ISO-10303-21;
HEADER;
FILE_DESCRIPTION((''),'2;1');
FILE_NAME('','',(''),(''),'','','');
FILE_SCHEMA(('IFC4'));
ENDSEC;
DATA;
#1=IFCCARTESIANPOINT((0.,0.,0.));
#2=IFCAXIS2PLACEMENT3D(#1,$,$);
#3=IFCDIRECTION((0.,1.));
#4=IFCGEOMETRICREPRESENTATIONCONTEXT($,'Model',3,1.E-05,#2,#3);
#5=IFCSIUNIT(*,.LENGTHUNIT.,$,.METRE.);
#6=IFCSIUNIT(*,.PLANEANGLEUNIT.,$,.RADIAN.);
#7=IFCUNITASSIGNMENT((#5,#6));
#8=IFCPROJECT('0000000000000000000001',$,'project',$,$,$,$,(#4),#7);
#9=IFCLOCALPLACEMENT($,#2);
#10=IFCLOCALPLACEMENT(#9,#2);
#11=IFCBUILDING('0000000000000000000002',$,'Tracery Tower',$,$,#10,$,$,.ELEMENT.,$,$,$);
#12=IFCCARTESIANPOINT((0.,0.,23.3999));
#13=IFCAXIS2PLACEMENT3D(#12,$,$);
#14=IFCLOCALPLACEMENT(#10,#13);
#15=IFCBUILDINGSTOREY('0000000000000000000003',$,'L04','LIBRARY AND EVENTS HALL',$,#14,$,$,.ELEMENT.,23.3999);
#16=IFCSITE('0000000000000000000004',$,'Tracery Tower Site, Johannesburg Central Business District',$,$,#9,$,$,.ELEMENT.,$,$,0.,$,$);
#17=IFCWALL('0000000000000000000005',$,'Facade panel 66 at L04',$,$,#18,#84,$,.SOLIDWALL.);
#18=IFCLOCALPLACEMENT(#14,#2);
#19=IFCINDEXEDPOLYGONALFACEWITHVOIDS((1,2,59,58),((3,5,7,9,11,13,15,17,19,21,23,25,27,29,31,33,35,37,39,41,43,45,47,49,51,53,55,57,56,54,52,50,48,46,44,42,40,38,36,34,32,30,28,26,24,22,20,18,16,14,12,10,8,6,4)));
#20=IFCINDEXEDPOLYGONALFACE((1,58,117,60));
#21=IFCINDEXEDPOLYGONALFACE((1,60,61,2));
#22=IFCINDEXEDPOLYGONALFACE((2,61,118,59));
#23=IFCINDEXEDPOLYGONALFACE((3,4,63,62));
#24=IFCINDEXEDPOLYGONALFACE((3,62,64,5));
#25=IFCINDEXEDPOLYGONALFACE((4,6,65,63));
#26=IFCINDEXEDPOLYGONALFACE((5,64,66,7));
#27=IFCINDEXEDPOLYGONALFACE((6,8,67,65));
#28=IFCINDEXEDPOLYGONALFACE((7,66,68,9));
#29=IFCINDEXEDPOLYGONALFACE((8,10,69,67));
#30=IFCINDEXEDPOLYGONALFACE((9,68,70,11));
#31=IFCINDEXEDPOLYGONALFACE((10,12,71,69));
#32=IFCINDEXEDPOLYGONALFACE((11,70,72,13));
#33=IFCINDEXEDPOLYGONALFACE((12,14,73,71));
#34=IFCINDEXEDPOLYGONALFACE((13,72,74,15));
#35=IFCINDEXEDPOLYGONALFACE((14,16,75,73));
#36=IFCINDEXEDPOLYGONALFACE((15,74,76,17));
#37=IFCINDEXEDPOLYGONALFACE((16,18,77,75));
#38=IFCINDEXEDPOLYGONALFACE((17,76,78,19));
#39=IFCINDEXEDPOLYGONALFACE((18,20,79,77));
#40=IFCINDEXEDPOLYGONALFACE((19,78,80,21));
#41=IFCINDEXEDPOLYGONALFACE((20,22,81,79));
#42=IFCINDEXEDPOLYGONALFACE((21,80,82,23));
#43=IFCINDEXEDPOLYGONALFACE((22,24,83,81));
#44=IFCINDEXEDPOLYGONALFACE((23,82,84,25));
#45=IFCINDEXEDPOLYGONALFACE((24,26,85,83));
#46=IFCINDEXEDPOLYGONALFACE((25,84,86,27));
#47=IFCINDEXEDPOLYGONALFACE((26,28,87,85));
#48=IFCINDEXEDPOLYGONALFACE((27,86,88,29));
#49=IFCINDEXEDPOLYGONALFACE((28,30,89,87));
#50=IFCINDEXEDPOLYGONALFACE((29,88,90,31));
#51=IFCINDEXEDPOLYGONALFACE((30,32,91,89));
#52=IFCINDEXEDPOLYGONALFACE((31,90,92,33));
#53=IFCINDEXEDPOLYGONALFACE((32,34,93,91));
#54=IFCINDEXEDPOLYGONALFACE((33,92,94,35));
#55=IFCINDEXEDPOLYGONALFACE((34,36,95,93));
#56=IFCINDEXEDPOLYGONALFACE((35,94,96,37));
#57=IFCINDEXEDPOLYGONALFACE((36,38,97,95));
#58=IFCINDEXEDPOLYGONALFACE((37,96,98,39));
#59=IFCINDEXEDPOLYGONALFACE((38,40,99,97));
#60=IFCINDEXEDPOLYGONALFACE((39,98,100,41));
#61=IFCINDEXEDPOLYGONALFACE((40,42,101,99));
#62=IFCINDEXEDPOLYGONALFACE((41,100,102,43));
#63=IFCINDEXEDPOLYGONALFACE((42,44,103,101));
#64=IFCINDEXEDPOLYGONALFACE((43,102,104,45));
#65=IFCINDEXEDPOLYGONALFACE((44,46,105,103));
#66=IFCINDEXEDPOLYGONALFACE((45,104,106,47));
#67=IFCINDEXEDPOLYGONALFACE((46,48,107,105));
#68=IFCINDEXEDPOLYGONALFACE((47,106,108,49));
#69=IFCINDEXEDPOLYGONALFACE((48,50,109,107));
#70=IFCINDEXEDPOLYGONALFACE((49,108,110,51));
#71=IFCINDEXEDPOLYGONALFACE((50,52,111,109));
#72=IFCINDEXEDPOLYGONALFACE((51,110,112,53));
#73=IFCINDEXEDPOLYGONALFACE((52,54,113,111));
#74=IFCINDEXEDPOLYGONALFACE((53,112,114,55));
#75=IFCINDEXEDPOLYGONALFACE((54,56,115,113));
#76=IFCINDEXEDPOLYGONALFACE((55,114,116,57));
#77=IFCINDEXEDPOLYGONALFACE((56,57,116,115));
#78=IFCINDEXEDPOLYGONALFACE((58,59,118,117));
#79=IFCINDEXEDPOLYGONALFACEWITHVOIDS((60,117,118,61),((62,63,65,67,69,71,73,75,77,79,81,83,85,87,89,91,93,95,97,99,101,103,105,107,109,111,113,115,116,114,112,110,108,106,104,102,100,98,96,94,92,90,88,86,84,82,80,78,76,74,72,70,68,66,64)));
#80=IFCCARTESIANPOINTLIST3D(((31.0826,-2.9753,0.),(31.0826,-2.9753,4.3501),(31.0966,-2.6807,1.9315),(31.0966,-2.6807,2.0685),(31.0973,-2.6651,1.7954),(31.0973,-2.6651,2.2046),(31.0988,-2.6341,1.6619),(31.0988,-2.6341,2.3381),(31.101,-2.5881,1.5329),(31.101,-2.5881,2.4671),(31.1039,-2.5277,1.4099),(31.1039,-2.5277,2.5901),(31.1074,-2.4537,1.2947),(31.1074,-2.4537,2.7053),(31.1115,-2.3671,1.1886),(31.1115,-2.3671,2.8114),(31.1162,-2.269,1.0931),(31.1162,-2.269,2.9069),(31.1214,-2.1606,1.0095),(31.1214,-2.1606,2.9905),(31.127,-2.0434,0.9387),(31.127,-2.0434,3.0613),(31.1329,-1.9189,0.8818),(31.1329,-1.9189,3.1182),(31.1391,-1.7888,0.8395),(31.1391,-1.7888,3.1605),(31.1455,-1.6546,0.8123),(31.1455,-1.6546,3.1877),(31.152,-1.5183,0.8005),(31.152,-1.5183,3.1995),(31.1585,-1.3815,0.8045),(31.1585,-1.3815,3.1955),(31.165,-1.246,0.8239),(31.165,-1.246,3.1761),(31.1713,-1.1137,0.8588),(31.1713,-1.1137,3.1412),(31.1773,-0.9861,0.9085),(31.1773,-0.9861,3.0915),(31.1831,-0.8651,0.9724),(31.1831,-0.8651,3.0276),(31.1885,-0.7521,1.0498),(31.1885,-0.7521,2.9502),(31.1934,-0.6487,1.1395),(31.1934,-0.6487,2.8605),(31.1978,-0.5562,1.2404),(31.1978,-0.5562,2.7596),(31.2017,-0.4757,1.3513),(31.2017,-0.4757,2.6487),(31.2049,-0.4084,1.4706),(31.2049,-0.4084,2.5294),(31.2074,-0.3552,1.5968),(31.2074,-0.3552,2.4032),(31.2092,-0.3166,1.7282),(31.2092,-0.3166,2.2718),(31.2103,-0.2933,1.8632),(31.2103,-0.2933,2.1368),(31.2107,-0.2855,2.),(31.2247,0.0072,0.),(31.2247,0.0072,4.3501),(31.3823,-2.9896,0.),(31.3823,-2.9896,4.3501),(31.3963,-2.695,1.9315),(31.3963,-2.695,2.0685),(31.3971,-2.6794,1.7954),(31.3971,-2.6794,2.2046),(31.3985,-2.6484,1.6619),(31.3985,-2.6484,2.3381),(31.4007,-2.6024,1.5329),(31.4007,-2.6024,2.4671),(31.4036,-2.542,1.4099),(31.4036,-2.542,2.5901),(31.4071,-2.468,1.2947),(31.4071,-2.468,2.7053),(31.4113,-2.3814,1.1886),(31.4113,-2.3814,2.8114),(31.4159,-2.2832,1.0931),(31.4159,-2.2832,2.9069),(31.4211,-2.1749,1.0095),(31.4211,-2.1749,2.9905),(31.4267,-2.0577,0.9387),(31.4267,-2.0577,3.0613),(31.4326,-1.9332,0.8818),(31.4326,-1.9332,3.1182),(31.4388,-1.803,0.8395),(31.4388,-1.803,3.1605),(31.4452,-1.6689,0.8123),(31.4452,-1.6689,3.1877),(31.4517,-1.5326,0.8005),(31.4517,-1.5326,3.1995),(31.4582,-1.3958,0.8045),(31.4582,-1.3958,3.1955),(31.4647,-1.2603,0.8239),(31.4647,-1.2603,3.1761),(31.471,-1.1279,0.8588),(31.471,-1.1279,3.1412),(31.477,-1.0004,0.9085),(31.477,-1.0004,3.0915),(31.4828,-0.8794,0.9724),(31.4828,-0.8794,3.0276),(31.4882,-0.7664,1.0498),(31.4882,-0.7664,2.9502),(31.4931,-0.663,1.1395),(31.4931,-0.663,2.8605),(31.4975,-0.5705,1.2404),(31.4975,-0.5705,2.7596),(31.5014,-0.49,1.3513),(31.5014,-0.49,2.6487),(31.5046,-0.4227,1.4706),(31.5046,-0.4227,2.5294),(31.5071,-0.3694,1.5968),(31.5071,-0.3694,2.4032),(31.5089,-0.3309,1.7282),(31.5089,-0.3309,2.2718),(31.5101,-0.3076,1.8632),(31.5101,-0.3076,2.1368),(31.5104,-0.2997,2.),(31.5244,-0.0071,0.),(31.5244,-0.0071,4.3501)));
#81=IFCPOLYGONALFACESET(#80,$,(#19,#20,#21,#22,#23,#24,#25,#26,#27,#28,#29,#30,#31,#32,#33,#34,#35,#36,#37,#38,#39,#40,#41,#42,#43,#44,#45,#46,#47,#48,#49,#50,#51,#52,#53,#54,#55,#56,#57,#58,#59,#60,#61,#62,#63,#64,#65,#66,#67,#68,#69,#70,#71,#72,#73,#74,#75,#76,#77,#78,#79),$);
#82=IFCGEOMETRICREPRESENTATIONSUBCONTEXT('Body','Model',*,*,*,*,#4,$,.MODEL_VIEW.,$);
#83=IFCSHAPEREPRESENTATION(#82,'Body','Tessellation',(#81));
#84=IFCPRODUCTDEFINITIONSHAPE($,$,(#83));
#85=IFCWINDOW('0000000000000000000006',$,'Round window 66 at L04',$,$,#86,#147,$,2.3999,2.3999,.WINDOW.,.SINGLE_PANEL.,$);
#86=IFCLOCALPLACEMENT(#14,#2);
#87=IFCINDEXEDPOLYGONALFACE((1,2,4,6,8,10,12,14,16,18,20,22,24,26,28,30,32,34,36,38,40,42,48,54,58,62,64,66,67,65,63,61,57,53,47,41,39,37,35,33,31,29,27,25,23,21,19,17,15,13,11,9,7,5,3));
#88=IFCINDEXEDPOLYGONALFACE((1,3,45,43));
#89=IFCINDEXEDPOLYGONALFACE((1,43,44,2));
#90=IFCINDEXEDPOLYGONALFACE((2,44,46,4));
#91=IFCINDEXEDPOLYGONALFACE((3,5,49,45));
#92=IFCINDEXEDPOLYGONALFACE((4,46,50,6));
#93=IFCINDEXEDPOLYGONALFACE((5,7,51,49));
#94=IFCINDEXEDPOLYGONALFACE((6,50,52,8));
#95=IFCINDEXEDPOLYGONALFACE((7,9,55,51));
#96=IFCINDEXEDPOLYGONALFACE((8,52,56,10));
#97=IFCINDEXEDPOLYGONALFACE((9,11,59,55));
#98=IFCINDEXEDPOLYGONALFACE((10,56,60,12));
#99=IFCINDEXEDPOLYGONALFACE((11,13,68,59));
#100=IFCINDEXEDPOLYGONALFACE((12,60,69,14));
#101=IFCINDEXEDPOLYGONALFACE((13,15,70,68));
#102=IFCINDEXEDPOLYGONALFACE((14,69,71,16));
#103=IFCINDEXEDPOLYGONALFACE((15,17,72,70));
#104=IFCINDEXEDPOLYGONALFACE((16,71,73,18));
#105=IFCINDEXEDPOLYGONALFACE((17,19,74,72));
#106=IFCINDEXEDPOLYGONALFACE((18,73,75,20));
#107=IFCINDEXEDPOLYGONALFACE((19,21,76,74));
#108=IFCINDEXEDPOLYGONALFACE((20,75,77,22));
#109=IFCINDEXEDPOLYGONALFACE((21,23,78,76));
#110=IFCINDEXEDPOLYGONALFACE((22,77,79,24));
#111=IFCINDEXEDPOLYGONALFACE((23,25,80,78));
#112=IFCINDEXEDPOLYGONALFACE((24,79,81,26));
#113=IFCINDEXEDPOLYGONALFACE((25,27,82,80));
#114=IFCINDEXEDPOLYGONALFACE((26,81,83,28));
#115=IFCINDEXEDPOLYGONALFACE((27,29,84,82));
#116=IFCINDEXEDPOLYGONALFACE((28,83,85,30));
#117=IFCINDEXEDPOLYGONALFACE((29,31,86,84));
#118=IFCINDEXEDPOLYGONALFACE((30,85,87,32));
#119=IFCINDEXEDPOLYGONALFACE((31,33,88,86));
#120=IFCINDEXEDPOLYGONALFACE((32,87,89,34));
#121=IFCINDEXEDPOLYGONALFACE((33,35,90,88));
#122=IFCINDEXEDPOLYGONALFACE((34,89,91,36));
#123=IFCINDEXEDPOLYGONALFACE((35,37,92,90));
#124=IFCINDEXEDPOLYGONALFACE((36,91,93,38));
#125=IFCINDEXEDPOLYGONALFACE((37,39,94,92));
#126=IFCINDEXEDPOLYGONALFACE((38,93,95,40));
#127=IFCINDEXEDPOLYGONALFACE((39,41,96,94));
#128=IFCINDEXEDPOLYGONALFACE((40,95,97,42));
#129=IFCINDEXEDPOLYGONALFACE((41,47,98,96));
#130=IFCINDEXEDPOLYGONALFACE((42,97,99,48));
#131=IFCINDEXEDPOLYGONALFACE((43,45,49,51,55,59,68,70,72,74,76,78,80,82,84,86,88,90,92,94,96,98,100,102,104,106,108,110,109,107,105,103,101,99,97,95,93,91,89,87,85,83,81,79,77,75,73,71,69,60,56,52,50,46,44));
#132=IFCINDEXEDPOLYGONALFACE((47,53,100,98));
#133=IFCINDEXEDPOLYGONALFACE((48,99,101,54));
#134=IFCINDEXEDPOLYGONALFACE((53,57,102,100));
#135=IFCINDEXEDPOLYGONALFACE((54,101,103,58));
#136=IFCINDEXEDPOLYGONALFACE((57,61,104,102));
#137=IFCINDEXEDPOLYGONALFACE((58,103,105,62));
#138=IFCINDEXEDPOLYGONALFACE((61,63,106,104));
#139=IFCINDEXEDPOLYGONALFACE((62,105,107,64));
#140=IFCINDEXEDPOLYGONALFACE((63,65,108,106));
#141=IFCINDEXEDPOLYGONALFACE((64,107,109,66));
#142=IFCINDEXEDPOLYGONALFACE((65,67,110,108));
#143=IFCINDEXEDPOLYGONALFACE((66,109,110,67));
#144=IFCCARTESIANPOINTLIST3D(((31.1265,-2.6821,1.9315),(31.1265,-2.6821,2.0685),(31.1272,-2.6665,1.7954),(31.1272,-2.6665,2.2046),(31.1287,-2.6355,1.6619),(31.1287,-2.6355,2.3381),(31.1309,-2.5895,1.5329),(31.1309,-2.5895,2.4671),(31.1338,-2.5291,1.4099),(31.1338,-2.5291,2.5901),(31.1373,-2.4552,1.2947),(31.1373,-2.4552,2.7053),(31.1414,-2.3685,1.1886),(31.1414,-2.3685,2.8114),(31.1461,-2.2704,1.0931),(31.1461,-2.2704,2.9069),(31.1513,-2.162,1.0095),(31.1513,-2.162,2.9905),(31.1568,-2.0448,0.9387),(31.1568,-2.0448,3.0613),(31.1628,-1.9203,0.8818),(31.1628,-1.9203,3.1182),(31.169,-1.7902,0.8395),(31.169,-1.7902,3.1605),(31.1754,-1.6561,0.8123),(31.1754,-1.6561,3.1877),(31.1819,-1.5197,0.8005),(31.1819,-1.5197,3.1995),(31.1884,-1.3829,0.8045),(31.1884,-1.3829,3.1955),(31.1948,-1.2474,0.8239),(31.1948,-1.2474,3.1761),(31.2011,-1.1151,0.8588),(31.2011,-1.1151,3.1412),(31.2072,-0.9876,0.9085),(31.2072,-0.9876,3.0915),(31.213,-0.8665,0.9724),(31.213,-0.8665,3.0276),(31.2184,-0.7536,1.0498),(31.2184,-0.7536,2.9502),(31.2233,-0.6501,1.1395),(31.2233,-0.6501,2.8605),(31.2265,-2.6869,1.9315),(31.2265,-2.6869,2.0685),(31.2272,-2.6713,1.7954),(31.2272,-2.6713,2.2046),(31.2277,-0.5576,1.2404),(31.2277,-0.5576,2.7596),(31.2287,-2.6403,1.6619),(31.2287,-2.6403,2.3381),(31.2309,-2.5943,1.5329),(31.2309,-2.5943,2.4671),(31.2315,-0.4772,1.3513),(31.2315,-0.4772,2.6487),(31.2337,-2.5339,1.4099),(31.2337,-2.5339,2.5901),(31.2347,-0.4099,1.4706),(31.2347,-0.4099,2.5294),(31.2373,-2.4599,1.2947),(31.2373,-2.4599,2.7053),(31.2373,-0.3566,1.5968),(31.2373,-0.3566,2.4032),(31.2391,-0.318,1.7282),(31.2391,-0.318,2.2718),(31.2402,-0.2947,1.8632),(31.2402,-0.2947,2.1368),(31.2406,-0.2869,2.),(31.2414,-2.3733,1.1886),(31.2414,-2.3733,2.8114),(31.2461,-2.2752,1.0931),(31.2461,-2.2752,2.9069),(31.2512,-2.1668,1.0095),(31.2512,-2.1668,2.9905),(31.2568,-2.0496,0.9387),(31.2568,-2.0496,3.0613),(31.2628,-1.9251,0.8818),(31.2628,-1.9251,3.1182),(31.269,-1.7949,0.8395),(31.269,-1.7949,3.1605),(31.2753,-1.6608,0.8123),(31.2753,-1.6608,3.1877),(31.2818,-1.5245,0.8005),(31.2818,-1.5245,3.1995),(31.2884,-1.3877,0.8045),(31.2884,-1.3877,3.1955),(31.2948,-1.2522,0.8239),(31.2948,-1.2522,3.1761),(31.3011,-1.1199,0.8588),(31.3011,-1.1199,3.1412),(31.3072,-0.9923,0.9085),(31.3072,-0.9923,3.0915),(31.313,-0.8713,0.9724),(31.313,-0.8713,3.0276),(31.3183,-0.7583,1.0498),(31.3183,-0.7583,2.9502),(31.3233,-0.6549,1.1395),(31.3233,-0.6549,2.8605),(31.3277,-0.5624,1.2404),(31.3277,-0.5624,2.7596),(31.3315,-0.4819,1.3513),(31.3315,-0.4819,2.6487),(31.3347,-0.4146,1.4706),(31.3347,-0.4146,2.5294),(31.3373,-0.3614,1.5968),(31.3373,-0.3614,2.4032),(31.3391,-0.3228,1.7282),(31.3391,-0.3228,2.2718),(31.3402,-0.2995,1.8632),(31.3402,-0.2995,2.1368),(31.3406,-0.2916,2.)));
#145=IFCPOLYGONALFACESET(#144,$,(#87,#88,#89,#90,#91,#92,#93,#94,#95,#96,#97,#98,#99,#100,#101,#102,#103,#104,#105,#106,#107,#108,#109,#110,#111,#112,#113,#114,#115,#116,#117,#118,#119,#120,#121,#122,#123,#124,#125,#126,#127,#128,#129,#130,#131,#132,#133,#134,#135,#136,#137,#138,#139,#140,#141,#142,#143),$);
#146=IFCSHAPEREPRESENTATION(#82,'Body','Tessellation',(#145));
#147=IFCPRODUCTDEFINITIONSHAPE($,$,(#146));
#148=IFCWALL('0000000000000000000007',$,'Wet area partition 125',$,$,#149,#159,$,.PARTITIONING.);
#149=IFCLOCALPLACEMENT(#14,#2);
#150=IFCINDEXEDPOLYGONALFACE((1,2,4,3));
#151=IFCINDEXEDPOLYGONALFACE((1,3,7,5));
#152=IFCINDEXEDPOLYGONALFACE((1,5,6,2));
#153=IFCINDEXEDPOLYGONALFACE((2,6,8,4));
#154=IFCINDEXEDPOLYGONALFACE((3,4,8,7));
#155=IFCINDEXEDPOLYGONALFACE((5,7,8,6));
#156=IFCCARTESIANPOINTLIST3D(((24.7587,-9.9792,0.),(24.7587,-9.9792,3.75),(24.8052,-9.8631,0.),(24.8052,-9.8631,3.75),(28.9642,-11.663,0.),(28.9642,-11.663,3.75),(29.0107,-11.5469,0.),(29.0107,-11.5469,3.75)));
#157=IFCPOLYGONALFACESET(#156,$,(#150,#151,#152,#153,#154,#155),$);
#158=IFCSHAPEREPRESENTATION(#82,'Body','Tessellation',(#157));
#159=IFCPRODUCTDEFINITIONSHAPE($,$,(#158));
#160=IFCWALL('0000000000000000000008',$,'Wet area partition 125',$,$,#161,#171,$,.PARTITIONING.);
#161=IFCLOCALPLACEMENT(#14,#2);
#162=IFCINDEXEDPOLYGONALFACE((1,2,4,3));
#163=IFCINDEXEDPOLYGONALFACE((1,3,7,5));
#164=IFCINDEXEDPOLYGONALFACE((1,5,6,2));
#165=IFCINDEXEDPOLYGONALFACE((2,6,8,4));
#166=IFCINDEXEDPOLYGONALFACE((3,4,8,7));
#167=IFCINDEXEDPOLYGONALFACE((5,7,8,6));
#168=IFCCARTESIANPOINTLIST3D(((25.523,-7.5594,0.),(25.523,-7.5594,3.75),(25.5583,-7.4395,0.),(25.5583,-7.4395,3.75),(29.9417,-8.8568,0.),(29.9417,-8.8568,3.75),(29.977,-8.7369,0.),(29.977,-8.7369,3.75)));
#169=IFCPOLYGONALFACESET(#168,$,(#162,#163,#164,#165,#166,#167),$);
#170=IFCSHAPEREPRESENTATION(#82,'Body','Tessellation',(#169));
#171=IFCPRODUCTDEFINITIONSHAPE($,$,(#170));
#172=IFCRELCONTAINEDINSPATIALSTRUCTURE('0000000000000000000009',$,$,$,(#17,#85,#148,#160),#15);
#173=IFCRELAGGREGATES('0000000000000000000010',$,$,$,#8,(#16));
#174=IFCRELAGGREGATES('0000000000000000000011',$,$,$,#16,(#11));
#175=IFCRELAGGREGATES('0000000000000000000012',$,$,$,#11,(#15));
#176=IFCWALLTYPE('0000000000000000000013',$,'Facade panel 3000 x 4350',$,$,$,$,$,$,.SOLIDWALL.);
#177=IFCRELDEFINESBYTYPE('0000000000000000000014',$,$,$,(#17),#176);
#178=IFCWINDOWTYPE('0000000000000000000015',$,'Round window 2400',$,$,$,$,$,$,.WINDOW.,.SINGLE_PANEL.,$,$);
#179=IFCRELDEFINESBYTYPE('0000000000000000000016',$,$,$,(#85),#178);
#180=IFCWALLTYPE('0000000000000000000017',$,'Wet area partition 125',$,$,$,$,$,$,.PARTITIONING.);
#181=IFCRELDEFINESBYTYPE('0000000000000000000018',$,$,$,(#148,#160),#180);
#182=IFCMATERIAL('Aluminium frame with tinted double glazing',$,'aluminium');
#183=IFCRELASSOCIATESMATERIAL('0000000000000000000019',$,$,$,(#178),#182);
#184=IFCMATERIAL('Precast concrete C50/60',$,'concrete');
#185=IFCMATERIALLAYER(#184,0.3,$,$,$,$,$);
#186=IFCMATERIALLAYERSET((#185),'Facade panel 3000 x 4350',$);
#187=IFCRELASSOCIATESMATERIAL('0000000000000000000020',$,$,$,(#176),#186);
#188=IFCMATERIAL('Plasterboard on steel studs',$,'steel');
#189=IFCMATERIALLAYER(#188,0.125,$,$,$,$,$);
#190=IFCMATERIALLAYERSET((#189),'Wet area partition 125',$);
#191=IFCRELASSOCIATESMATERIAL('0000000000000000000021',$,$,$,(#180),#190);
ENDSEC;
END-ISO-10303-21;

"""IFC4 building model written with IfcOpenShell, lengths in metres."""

from ifc_helpers import new_model, si_unit, direction, frame, frame_2d, origin, origin_2d, place, context, subcontext, project, spatial, rectangle, circle, extrude, material, layer, layer_set, type_object, element, fill, save


model = new_model("IFC4")

# Units and contexts
model_context = context("Model", 3, precision=1e-05, world=origin(), true_north=direction((0.0, 1.0)))
body_context = subcontext(model_context, "Body", "Model", "MODEL_VIEW")
ifc_project = project(units=[si_unit("LENGTHUNIT", "METRE"), si_unit("PLANEANGLEUNIT", "RADIAN")], contexts=[model_context])

# Site, building, storey
site_placement = place(None, origin())
site = spatial("IfcSite", under=ifc_project, at=site_placement, Name="Tracery Tower Site, Johannesburg Central Business District", CompositionType="ELEMENT", RefElevation=0.0)
building_placement = place(site_placement, origin())
building = spatial("IfcBuilding", under=site, at=building_placement, Name="Tracery Tower", CompositionType="ELEMENT")
storey_placement = place(building_placement, frame((0.0, 0.0, 23.3999)))
storey = spatial("IfcBuildingStorey", under=building, at=storey_placement, Name="L04", Description="LIBRARY AND EVENTS HALL", CompositionType="ELEMENT", Elevation=23.3999)

# Wall, opening, window
ifc_material_1 = material(Name="Aluminium frame with tinted double glazing", Category="aluminium")
window_type = type_object("IfcWindowType", Name="Round window 2400", PartitioningType="SINGLE_PANEL", PredefinedType="WINDOW", material=ifc_material_1)
ifc_material_2 = material(Name="Precast concrete C50/60", Category="concrete")
ifc_layer_1 = layer(ifc_material_2, 0.3)
ifc_layer_set_1 = layer_set([ifc_layer_1], Name="Facade panel 3000 x 4350")
wall_type_1 = type_object("IfcWallType", Name="Facade panel 3000 x 4350", PredefinedType="SOLIDWALL", material=ifc_layer_set_1)
wall_1_placement = place(storey_placement, frame((31.2324, -2.9824, 0.0), z_axis=(0.0, 0.0, 1.0), x_axis=(0.047588, 0.998867, 0.0)))
wall_1 = element("IfcWall", 1, at=wall_1_placement, inside=storey, type_object=wall_type_1, Name="Facade panel 66 at L04", PredefinedType="SOLIDWALL", context=body_context, shape_type="SweptSolid", body=[
    extrude(rectangle(XDim=2.9858, YDim=0.3, at=frame_2d((1.4929, 0.0))), origin(), (0.0, 0.0, 1.0), 4.3501),
])
opening_1_placement = place(wall_1_placement, frame((1.4929, 0.0, 2.0)))
opening_1 = element("IfcOpeningElement", 2, at=opening_1_placement, cuts=wall_1, PredefinedType="OPENING", context=body_context, shape_type="SweptSolid", body=[
    extrude(circle(Radius=1.2, at=origin_2d()), frame((0.0, 0.1599, 0.0), z_axis=(0.0, -1.0, 0.0), x_axis=(1.0, 0.0, 0.0)), (0.0, 0.0, 1.0), 0.3201),
])
window_1_placement = place(opening_1_placement, origin())
window_1 = element("IfcWindow", 3, at=window_1_placement, inside=storey, type_object=window_type, Name="Round window 66 at L04", OverallHeight=2.3999, OverallWidth=2.3999, PartitioningType="SINGLE_PANEL", PredefinedType="WINDOW", context=body_context, shape_type="SweptSolid", body=[
    extrude(circle(Radius=1.2, at=origin_2d()), frame((0.0, 0.1201, 0.0), z_axis=(0.0, -1.0, 0.0), x_axis=(1.0, 0.0, 0.0)), (0.0, 0.0, 1.0), 0.1001),
])
fill(opening_1, window_1)

# Walls
ifc_material_3 = material(Name="Plasterboard on steel studs", Category="steel")
ifc_layer_2 = layer(ifc_material_3, 0.125)
ifc_layer_set_2 = layer_set([ifc_layer_2], Name="Wet area partition 125")
wall_type_2 = type_object("IfcWallType", Name="Wet area partition 125", PredefinedType="PARTITIONING", material=ifc_layer_set_2)
wall_2_placement = place(storey_placement, frame((28.9875, -11.605, 0.0), z_axis=(0.0, 0.0, 1.0), x_axis=(-0.928354, 0.371697, 0.0)))
element("IfcWall", 4, at=wall_2_placement, inside=storey, type_object=wall_type_2, Name="Wet area partition 125", PredefinedType="PARTITIONING", context=body_context, shape_type="SweptSolid", body=[
    extrude(rectangle(XDim=4.53, YDim=0.125, at=frame_2d((2.2651, 0.0))), origin(), (0.0, 0.0, 1.0), 3.75),
])
wall_3_placement = place(storey_placement, frame((29.9595, -8.7969, 0.0), z_axis=(0.0, 0.0, 1.0), x_axis=(-0.959498, 0.281716, 0.0)))
element("IfcWall", 5, at=wall_3_placement, inside=storey, type_object=wall_type_2, Name="Wet area partition 125", PredefinedType="PARTITIONING", context=body_context, shape_type="SweptSolid", body=[
    extrude(rectangle(XDim=4.6052, YDim=0.125, at=frame_2d((2.3027, 0.0))), origin(), (0.0, 0.0, 1.0), 3.75),
])

save(model, "model.ifc")
